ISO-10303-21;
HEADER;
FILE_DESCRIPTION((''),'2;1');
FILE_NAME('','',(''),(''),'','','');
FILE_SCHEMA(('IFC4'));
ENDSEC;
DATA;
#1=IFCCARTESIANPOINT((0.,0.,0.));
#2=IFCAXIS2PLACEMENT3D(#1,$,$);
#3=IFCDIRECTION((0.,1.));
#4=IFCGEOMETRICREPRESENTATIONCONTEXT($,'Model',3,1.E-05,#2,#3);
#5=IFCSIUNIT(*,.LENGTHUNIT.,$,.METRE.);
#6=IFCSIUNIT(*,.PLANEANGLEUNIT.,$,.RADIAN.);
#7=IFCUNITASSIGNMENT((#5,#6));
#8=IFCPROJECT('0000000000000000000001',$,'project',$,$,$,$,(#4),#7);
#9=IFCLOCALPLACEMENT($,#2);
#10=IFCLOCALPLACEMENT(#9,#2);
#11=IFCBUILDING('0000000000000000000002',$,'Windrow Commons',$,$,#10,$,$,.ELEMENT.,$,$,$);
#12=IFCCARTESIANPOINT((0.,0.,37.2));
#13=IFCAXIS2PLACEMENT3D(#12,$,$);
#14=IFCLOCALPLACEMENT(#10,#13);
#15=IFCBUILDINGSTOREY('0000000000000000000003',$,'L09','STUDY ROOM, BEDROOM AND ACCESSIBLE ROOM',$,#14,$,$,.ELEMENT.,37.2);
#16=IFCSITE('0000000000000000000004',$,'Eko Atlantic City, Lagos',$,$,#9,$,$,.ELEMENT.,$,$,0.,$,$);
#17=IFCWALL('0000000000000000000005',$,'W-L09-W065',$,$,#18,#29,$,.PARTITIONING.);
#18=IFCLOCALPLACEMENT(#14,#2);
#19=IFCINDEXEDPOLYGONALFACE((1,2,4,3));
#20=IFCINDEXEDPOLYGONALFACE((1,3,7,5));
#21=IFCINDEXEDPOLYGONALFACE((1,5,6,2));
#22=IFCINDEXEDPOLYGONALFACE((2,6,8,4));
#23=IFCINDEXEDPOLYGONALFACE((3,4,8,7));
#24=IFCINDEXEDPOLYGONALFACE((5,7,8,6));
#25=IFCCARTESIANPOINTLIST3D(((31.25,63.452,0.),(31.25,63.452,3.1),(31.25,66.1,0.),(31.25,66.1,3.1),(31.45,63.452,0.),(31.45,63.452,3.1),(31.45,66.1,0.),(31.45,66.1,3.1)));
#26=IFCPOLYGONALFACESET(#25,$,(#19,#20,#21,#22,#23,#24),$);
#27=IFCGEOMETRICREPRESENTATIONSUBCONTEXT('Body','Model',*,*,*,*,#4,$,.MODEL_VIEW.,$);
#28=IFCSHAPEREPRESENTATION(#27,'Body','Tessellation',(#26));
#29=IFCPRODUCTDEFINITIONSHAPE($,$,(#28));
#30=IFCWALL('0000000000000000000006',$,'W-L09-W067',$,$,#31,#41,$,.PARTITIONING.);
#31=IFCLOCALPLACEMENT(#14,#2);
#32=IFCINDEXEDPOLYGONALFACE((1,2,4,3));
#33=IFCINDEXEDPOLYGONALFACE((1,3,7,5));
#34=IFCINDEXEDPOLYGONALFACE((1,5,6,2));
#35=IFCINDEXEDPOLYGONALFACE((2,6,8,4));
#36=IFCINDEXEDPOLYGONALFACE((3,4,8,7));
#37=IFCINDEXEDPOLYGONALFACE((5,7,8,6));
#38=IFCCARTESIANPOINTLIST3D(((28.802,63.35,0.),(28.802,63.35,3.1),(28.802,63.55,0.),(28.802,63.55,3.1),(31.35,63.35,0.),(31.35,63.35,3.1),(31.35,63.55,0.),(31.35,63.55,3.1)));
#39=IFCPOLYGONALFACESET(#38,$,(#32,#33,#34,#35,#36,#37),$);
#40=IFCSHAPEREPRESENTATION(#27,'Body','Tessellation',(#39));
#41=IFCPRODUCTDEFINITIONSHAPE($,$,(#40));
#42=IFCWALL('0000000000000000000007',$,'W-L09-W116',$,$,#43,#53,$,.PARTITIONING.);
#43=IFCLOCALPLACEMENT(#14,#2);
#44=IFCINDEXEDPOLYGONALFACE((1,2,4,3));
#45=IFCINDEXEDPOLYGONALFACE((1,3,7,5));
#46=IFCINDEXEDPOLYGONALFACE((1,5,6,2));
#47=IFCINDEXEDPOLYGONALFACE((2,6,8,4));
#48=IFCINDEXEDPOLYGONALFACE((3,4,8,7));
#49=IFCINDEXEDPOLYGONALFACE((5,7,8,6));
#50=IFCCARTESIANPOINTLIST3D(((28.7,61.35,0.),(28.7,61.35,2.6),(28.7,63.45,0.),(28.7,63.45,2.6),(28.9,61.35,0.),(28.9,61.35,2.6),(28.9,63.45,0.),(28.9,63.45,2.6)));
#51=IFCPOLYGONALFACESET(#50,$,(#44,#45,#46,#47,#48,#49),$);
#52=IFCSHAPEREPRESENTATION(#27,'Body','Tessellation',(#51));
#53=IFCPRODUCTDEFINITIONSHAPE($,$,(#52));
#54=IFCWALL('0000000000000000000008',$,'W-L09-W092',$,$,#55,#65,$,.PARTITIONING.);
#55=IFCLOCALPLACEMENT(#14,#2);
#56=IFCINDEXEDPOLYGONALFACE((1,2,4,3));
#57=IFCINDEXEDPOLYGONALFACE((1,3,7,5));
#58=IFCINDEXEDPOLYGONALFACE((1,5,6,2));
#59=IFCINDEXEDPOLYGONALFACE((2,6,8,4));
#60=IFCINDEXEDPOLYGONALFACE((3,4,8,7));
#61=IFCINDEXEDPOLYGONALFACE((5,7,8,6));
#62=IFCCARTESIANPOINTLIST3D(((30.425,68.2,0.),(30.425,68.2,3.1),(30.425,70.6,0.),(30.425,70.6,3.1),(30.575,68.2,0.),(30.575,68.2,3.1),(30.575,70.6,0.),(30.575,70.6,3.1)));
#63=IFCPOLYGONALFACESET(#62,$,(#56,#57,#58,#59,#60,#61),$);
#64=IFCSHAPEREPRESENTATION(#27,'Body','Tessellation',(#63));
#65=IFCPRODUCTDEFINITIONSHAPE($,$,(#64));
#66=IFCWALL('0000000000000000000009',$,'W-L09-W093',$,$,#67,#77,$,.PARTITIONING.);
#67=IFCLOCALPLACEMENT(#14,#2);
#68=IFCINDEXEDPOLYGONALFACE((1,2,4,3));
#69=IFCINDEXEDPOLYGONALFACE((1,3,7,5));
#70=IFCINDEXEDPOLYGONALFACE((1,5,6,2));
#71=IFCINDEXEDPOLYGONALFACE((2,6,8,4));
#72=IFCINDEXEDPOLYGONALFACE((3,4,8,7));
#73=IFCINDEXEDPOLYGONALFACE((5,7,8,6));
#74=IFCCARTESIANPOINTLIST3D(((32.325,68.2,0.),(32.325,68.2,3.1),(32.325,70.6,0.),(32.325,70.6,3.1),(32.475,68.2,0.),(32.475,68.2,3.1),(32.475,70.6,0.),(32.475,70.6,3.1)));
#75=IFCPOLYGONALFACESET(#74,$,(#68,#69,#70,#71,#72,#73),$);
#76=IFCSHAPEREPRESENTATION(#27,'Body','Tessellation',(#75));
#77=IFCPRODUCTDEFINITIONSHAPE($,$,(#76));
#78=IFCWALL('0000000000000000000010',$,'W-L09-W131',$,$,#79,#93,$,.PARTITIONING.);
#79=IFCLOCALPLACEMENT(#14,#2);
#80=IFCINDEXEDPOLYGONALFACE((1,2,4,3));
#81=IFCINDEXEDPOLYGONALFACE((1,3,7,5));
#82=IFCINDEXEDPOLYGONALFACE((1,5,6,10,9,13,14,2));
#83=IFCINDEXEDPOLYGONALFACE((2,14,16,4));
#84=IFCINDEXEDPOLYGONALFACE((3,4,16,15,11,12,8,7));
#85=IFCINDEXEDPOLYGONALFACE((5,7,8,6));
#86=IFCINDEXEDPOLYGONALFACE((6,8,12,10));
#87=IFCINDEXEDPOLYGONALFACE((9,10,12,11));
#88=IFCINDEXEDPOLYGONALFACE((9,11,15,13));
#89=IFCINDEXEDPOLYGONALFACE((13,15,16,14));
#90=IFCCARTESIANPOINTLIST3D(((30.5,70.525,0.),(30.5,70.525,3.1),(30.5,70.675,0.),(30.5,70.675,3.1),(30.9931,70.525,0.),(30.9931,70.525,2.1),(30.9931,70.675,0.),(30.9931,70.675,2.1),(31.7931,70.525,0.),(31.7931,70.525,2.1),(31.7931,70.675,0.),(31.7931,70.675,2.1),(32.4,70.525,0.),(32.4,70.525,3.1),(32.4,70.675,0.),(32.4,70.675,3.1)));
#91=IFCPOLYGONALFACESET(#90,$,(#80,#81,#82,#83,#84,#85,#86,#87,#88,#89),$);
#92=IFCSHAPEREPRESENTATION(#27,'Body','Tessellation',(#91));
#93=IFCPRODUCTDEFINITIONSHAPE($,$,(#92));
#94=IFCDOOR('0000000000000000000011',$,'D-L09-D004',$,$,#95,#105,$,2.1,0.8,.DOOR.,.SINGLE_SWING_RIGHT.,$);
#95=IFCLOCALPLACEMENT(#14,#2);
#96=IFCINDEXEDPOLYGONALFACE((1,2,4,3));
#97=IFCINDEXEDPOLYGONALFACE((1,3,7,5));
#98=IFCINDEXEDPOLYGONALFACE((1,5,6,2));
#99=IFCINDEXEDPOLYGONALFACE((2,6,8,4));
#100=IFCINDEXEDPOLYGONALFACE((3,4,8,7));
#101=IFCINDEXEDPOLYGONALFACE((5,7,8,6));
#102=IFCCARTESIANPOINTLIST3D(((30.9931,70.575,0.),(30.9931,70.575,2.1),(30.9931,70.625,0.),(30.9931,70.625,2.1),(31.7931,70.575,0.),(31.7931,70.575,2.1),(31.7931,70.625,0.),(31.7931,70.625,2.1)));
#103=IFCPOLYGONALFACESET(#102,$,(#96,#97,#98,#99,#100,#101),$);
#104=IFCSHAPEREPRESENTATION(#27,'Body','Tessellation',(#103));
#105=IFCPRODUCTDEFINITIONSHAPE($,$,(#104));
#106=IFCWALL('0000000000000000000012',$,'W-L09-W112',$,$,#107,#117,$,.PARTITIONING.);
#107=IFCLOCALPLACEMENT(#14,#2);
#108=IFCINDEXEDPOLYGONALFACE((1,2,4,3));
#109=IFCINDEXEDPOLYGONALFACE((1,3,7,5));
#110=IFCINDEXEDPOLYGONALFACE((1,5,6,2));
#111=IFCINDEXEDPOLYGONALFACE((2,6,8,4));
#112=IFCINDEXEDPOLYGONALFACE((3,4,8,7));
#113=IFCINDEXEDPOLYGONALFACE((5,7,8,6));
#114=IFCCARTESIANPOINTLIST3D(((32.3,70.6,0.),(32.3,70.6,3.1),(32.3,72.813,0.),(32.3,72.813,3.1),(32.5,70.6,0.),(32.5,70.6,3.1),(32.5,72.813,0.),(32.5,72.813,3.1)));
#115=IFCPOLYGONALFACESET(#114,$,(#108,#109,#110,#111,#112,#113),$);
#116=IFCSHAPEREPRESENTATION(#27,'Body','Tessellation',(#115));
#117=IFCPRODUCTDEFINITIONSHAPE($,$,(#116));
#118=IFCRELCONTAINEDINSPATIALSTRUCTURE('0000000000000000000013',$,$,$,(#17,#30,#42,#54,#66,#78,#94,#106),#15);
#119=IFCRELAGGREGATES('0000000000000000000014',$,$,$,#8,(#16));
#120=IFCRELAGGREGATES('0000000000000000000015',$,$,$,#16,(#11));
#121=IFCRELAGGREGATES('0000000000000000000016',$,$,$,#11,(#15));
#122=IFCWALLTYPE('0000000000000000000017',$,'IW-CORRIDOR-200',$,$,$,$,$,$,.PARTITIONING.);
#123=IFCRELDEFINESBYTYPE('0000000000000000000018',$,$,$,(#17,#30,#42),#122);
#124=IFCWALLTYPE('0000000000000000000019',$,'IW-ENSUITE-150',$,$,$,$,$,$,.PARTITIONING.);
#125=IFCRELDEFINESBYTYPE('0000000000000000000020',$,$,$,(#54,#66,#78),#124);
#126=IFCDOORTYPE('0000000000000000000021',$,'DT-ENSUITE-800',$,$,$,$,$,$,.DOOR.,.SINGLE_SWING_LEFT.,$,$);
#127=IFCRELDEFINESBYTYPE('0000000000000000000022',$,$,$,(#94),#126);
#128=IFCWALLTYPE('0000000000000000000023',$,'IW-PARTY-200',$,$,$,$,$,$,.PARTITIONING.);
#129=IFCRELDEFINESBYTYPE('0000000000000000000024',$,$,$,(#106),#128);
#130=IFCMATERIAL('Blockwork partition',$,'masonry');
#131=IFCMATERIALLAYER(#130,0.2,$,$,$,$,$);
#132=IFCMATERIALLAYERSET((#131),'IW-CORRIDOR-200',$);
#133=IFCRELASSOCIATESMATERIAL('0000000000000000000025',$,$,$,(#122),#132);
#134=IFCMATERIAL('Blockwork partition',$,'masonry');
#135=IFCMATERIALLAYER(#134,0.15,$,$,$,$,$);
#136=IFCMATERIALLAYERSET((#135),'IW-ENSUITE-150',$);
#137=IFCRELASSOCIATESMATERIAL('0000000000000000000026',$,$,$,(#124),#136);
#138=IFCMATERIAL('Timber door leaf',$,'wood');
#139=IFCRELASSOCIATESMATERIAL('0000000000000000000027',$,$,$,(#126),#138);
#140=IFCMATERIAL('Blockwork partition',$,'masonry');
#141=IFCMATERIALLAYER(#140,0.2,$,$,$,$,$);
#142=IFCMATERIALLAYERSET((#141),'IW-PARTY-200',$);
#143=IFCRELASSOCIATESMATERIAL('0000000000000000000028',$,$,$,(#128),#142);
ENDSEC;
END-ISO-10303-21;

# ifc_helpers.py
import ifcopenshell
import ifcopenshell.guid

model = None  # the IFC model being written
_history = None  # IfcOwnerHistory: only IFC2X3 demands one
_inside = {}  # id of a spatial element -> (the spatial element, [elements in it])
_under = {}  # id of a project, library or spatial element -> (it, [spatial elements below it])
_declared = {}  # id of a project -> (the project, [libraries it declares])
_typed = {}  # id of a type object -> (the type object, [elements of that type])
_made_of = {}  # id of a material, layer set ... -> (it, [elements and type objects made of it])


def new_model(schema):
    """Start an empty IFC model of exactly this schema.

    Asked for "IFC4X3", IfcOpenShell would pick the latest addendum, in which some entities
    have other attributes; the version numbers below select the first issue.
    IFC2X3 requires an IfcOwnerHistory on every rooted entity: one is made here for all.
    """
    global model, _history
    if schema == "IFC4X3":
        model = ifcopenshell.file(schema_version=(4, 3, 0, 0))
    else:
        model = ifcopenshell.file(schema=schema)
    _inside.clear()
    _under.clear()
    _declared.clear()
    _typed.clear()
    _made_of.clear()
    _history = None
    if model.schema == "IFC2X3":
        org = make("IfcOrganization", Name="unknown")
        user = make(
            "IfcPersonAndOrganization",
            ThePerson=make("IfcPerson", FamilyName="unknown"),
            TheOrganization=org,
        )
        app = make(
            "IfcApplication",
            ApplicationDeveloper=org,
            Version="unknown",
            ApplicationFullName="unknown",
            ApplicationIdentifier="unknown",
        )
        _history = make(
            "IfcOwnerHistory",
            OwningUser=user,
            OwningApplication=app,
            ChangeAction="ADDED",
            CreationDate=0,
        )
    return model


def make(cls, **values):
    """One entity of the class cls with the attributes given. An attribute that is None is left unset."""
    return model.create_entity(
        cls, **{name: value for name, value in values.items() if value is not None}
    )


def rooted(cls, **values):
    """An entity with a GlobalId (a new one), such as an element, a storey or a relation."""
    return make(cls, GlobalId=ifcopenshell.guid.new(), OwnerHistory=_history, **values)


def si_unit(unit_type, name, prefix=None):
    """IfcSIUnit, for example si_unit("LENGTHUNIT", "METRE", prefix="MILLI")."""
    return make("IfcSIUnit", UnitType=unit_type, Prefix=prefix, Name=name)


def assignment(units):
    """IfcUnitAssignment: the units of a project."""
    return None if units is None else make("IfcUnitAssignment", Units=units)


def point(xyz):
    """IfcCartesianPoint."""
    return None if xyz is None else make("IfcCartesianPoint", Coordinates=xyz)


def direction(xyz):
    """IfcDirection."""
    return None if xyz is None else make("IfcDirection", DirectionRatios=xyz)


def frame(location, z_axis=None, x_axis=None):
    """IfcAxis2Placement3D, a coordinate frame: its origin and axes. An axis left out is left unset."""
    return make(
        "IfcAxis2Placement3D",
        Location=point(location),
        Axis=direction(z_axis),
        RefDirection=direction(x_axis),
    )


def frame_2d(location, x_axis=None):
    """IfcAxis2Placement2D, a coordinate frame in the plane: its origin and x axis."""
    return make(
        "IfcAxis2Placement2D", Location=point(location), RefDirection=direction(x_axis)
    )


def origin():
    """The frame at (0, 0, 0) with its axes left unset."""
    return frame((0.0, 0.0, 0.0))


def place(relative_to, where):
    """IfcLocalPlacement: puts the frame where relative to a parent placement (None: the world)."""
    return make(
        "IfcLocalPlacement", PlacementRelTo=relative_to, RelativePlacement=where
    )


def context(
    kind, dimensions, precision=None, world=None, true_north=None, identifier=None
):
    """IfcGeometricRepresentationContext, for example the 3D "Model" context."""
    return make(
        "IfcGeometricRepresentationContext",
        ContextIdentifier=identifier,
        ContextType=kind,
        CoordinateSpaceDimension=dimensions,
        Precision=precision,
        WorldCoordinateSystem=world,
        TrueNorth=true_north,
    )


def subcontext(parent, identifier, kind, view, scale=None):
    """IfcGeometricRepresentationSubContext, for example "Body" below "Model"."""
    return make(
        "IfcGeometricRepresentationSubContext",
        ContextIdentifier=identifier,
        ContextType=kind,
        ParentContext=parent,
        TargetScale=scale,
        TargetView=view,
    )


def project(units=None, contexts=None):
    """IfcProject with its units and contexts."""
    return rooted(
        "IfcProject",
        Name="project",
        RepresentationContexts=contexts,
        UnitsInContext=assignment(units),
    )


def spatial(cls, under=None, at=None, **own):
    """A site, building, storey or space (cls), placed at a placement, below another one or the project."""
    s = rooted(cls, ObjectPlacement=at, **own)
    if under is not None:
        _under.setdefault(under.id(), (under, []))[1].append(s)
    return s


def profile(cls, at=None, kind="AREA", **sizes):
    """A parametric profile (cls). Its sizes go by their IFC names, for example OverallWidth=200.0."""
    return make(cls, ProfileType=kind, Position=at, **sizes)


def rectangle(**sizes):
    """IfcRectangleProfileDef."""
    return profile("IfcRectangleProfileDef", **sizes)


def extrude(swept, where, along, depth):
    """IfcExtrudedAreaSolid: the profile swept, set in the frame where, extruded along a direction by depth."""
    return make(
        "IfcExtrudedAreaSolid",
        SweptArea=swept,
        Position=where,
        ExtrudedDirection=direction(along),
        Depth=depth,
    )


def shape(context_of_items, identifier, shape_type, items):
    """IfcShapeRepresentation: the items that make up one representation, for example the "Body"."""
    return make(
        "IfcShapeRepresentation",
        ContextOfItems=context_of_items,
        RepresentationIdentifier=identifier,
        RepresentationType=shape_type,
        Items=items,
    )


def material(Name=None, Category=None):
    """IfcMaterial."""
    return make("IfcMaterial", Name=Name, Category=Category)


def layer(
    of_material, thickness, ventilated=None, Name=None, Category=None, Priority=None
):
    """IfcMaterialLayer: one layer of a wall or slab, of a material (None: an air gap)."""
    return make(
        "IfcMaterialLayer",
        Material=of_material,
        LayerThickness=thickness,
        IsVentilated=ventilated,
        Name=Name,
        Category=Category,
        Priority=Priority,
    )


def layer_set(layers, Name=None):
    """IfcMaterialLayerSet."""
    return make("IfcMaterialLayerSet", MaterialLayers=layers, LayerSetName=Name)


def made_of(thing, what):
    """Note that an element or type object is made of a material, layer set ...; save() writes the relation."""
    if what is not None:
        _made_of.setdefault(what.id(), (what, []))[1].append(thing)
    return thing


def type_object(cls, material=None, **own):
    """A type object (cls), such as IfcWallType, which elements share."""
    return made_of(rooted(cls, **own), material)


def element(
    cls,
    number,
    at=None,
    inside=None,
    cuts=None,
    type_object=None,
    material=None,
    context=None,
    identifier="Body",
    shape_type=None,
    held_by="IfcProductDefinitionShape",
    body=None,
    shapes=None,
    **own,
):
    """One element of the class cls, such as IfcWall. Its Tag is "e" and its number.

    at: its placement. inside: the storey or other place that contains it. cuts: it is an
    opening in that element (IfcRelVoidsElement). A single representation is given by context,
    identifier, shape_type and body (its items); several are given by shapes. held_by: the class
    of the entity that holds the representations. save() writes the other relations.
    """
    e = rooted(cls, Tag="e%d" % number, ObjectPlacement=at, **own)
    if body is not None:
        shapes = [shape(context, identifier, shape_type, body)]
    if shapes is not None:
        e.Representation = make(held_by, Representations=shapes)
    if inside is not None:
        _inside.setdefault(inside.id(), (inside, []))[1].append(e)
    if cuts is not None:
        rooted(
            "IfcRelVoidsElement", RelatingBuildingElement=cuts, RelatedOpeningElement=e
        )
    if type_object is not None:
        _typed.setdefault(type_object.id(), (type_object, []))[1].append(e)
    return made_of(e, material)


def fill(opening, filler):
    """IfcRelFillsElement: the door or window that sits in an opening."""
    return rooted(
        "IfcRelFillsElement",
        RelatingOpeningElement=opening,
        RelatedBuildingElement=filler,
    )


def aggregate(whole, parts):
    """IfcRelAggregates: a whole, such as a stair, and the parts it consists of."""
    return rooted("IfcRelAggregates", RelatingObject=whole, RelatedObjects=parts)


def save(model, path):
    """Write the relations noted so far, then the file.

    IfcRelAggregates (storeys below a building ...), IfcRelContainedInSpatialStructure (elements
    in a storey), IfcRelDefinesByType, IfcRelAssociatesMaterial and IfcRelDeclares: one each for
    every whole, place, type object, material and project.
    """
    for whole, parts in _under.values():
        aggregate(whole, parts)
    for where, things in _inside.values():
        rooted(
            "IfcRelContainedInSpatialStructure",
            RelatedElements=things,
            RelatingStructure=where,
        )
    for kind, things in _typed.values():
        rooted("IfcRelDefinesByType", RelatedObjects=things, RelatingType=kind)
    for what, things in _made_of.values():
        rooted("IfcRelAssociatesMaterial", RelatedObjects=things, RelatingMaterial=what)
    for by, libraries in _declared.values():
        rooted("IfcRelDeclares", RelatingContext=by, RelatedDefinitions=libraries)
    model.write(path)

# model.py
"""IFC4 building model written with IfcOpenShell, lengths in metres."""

from ifc_helpers import new_model, si_unit, direction, frame, frame_2d, origin, place, context, subcontext, project, spatial, rectangle, extrude, material, layer, layer_set, type_object, element, fill, save


model = new_model("IFC4")

# Units and contexts
model_context = context("Model", 3, precision=1e-05, world=origin(), true_north=direction((0.0, 1.0)))
body_context = subcontext(model_context, "Body", "Model", "MODEL_VIEW")
ifc_project = project(units=[si_unit("LENGTHUNIT", "METRE"), si_unit("PLANEANGLEUNIT", "RADIAN")], contexts=[model_context])

# Site, building, storey
site_placement = place(None, origin())
site = spatial("IfcSite", under=ifc_project, at=site_placement, Name="Eko Atlantic City, Lagos", CompositionType="ELEMENT", RefElevation=0.0)
building_placement = place(site_placement, origin())
building = spatial("IfcBuilding", under=site, at=building_placement, Name="Windrow Commons", CompositionType="ELEMENT")
storey_placement = place(building_placement, frame((0.0, 0.0, 37.2)))
storey = spatial("IfcBuildingStorey", under=building, at=storey_placement, Name="L09", Description="STUDY ROOM, BEDROOM AND ACCESSIBLE ROOM", CompositionType="ELEMENT", Elevation=37.2)

# Walls
ifc_material_1 = material(Name="Blockwork partition", Category="masonry")
ifc_layer_1 = layer(ifc_material_1, 0.2)
ifc_layer_set_1 = layer_set([ifc_layer_1], Name="IW-CORRIDOR-200")
wall_type_1 = type_object("IfcWallType", Name="IW-CORRIDOR-200", PredefinedType="PARTITIONING", material=ifc_layer_set_1)
wall_1_placement = place(storey_placement, frame((31.35, 63.452, 0.0), z_axis=(0.0, 0.0, 1.0), x_axis=(0.0, 1.0, 0.0)))
element("IfcWall", 1, at=wall_1_placement, inside=storey, type_object=wall_type_1, Name="W-L09-W065", PredefinedType="PARTITIONING", context=body_context, shape_type="SweptSolid", body=[
    extrude(rectangle(XDim=2.648, YDim=0.2, at=frame_2d((1.324, 0.0))), origin(), (0.0, 0.0, 1.0), 3.1),
])
wall_2_placement = place(storey_placement, frame((28.802, 63.45, 0.0), z_axis=(0.0, 0.0, 1.0), x_axis=(1.0, 0.0, 0.0)))
element("IfcWall", 2, at=wall_2_placement, inside=storey, type_object=wall_type_1, Name="W-L09-W067", PredefinedType="PARTITIONING", context=body_context, shape_type="SweptSolid", body=[
    extrude(rectangle(XDim=2.548, YDim=0.2, at=frame_2d((1.274, 0.0))), origin(), (0.0, 0.0, 1.0), 3.1),
])
wall_3_placement = place(storey_placement, frame((28.8, 61.35, 0.0), z_axis=(0.0, 0.0, 1.0), x_axis=(0.0, 1.0, 0.0)))
element("IfcWall", 3, at=wall_3_placement, inside=storey, type_object=wall_type_1, Name="W-L09-W116", PredefinedType="PARTITIONING", context=body_context, shape_type="SweptSolid", body=[
    extrude(rectangle(XDim=2.1, YDim=0.2, at=frame_2d((1.05, 0.0))), origin(), (0.0, 0.0, 1.0), 2.6),
])
ifc_material_2 = material(Name="Blockwork partition", Category="masonry")
ifc_layer_2 = layer(ifc_material_2, 0.15)
ifc_layer_set_2 = layer_set([ifc_layer_2], Name="IW-ENSUITE-150")
wall_type_2 = type_object("IfcWallType", Name="IW-ENSUITE-150", PredefinedType="PARTITIONING", material=ifc_layer_set_2)
for number, where, z_axis, x_axis, name in (
    (4, (30.5, 68.2, 0.0), (0.0, 0.0, 1.0), (0.0, 1.0, 0.0), "W-L09-W092"),
    (5, (32.4, 68.2, 0.0), (0.0, 0.0, 1.0), (0.0, 1.0, 0.0), "W-L09-W093"),
):
    element("IfcWall", number, at=place(storey_placement, frame(where, z_axis=z_axis, x_axis=x_axis)), inside=storey, type_object=wall_type_2, Name=name, PredefinedType="PARTITIONING", context=body_context, shape_type="SweptSolid", body=[
        extrude(rectangle(XDim=2.4, YDim=0.15, at=frame_2d((1.2, 0.0))), origin(), (0.0, 0.0, 1.0), 3.1),
    ])

# Wall, opening, door
wall_4_placement = place(storey_placement, frame((30.5, 70.6, 0.0), z_axis=(0.0, 0.0, 1.0), x_axis=(1.0, 0.0, 0.0)))
wall_4 = element("IfcWall", 6, at=wall_4_placement, inside=storey, type_object=wall_type_2, Name="W-L09-W131", PredefinedType="PARTITIONING", context=body_context, shape_type="SweptSolid", body=[
    extrude(rectangle(XDim=1.9, YDim=0.15, at=frame_2d((0.95, 0.0))), origin(), (0.0, 0.0, 1.0), 3.1),
])
opening_1_placement = place(wall_4_placement, frame((0.4931, 0.0, 0.0)))
opening_1 = element("IfcOpeningElement", 7, at=opening_1_placement, cuts=wall_4, PredefinedType="OPENING", context=body_context, shape_type="SweptSolid", body=[
    extrude(rectangle(XDim=0.8, YDim=2.1, at=frame_2d((0.4, 1.05))), frame((0.0, 0.085, 0.0), z_axis=(0.0, -1.0, 0.0), x_axis=(1.0, 0.0, 0.0)), (0.0, 0.0, 1.0), 0.17),
])
ifc_material_3 = material(Name="Timber door leaf", Category="wood")
door_type = type_object("IfcDoorType", Name="DT-ENSUITE-800", OperationType="SINGLE_SWING_LEFT", PredefinedType="DOOR", material=ifc_material_3)
door_placement = place(opening_1_placement, origin())
door = element("IfcDoor", 8, at=door_placement, inside=storey, type_object=door_type, Name="D-L09-D004", OperationType="SINGLE_SWING_RIGHT", OverallHeight=2.1, OverallWidth=0.8, PredefinedType="DOOR", context=body_context, shape_type="SweptSolid", body=[
    extrude(rectangle(XDim=0.8, YDim=2.1, at=frame_2d((0.4, 1.05))), frame((0.0, 0.025, 0.0), z_axis=(0.0, -1.0, 0.0), x_axis=(1.0, 0.0, 0.0)), (0.0, 0.0, 1.0), 0.05),
])
fill(opening_1, door)

# Wall
ifc_material_4 = material(Name="Blockwork partition", Category="masonry")
ifc_layer_3 = layer(ifc_material_4, 0.2)
ifc_layer_set_3 = layer_set([ifc_layer_3], Name="IW-PARTY-200")
wall_type_3 = type_object("IfcWallType", Name="IW-PARTY-200", PredefinedType="PARTITIONING", material=ifc_layer_set_3)
wall_5_placement = place(storey_placement, frame((32.4, 70.6, 0.0), z_axis=(0.0, 0.0, 1.0), x_axis=(0.0, 1.0, 0.0)))
element("IfcWall", 9, at=wall_5_placement, inside=storey, type_object=wall_type_3, Name="W-L09-W112", PredefinedType="PARTITIONING", context=body_context, shape_type="SweptSolid", body=[
    extrude(rectangle(XDim=2.213, YDim=0.2, at=frame_2d((1.1065, 0.0))), origin(), (0.0, 0.0, 1.0), 3.1),
])

save(model, "model.ifc")
